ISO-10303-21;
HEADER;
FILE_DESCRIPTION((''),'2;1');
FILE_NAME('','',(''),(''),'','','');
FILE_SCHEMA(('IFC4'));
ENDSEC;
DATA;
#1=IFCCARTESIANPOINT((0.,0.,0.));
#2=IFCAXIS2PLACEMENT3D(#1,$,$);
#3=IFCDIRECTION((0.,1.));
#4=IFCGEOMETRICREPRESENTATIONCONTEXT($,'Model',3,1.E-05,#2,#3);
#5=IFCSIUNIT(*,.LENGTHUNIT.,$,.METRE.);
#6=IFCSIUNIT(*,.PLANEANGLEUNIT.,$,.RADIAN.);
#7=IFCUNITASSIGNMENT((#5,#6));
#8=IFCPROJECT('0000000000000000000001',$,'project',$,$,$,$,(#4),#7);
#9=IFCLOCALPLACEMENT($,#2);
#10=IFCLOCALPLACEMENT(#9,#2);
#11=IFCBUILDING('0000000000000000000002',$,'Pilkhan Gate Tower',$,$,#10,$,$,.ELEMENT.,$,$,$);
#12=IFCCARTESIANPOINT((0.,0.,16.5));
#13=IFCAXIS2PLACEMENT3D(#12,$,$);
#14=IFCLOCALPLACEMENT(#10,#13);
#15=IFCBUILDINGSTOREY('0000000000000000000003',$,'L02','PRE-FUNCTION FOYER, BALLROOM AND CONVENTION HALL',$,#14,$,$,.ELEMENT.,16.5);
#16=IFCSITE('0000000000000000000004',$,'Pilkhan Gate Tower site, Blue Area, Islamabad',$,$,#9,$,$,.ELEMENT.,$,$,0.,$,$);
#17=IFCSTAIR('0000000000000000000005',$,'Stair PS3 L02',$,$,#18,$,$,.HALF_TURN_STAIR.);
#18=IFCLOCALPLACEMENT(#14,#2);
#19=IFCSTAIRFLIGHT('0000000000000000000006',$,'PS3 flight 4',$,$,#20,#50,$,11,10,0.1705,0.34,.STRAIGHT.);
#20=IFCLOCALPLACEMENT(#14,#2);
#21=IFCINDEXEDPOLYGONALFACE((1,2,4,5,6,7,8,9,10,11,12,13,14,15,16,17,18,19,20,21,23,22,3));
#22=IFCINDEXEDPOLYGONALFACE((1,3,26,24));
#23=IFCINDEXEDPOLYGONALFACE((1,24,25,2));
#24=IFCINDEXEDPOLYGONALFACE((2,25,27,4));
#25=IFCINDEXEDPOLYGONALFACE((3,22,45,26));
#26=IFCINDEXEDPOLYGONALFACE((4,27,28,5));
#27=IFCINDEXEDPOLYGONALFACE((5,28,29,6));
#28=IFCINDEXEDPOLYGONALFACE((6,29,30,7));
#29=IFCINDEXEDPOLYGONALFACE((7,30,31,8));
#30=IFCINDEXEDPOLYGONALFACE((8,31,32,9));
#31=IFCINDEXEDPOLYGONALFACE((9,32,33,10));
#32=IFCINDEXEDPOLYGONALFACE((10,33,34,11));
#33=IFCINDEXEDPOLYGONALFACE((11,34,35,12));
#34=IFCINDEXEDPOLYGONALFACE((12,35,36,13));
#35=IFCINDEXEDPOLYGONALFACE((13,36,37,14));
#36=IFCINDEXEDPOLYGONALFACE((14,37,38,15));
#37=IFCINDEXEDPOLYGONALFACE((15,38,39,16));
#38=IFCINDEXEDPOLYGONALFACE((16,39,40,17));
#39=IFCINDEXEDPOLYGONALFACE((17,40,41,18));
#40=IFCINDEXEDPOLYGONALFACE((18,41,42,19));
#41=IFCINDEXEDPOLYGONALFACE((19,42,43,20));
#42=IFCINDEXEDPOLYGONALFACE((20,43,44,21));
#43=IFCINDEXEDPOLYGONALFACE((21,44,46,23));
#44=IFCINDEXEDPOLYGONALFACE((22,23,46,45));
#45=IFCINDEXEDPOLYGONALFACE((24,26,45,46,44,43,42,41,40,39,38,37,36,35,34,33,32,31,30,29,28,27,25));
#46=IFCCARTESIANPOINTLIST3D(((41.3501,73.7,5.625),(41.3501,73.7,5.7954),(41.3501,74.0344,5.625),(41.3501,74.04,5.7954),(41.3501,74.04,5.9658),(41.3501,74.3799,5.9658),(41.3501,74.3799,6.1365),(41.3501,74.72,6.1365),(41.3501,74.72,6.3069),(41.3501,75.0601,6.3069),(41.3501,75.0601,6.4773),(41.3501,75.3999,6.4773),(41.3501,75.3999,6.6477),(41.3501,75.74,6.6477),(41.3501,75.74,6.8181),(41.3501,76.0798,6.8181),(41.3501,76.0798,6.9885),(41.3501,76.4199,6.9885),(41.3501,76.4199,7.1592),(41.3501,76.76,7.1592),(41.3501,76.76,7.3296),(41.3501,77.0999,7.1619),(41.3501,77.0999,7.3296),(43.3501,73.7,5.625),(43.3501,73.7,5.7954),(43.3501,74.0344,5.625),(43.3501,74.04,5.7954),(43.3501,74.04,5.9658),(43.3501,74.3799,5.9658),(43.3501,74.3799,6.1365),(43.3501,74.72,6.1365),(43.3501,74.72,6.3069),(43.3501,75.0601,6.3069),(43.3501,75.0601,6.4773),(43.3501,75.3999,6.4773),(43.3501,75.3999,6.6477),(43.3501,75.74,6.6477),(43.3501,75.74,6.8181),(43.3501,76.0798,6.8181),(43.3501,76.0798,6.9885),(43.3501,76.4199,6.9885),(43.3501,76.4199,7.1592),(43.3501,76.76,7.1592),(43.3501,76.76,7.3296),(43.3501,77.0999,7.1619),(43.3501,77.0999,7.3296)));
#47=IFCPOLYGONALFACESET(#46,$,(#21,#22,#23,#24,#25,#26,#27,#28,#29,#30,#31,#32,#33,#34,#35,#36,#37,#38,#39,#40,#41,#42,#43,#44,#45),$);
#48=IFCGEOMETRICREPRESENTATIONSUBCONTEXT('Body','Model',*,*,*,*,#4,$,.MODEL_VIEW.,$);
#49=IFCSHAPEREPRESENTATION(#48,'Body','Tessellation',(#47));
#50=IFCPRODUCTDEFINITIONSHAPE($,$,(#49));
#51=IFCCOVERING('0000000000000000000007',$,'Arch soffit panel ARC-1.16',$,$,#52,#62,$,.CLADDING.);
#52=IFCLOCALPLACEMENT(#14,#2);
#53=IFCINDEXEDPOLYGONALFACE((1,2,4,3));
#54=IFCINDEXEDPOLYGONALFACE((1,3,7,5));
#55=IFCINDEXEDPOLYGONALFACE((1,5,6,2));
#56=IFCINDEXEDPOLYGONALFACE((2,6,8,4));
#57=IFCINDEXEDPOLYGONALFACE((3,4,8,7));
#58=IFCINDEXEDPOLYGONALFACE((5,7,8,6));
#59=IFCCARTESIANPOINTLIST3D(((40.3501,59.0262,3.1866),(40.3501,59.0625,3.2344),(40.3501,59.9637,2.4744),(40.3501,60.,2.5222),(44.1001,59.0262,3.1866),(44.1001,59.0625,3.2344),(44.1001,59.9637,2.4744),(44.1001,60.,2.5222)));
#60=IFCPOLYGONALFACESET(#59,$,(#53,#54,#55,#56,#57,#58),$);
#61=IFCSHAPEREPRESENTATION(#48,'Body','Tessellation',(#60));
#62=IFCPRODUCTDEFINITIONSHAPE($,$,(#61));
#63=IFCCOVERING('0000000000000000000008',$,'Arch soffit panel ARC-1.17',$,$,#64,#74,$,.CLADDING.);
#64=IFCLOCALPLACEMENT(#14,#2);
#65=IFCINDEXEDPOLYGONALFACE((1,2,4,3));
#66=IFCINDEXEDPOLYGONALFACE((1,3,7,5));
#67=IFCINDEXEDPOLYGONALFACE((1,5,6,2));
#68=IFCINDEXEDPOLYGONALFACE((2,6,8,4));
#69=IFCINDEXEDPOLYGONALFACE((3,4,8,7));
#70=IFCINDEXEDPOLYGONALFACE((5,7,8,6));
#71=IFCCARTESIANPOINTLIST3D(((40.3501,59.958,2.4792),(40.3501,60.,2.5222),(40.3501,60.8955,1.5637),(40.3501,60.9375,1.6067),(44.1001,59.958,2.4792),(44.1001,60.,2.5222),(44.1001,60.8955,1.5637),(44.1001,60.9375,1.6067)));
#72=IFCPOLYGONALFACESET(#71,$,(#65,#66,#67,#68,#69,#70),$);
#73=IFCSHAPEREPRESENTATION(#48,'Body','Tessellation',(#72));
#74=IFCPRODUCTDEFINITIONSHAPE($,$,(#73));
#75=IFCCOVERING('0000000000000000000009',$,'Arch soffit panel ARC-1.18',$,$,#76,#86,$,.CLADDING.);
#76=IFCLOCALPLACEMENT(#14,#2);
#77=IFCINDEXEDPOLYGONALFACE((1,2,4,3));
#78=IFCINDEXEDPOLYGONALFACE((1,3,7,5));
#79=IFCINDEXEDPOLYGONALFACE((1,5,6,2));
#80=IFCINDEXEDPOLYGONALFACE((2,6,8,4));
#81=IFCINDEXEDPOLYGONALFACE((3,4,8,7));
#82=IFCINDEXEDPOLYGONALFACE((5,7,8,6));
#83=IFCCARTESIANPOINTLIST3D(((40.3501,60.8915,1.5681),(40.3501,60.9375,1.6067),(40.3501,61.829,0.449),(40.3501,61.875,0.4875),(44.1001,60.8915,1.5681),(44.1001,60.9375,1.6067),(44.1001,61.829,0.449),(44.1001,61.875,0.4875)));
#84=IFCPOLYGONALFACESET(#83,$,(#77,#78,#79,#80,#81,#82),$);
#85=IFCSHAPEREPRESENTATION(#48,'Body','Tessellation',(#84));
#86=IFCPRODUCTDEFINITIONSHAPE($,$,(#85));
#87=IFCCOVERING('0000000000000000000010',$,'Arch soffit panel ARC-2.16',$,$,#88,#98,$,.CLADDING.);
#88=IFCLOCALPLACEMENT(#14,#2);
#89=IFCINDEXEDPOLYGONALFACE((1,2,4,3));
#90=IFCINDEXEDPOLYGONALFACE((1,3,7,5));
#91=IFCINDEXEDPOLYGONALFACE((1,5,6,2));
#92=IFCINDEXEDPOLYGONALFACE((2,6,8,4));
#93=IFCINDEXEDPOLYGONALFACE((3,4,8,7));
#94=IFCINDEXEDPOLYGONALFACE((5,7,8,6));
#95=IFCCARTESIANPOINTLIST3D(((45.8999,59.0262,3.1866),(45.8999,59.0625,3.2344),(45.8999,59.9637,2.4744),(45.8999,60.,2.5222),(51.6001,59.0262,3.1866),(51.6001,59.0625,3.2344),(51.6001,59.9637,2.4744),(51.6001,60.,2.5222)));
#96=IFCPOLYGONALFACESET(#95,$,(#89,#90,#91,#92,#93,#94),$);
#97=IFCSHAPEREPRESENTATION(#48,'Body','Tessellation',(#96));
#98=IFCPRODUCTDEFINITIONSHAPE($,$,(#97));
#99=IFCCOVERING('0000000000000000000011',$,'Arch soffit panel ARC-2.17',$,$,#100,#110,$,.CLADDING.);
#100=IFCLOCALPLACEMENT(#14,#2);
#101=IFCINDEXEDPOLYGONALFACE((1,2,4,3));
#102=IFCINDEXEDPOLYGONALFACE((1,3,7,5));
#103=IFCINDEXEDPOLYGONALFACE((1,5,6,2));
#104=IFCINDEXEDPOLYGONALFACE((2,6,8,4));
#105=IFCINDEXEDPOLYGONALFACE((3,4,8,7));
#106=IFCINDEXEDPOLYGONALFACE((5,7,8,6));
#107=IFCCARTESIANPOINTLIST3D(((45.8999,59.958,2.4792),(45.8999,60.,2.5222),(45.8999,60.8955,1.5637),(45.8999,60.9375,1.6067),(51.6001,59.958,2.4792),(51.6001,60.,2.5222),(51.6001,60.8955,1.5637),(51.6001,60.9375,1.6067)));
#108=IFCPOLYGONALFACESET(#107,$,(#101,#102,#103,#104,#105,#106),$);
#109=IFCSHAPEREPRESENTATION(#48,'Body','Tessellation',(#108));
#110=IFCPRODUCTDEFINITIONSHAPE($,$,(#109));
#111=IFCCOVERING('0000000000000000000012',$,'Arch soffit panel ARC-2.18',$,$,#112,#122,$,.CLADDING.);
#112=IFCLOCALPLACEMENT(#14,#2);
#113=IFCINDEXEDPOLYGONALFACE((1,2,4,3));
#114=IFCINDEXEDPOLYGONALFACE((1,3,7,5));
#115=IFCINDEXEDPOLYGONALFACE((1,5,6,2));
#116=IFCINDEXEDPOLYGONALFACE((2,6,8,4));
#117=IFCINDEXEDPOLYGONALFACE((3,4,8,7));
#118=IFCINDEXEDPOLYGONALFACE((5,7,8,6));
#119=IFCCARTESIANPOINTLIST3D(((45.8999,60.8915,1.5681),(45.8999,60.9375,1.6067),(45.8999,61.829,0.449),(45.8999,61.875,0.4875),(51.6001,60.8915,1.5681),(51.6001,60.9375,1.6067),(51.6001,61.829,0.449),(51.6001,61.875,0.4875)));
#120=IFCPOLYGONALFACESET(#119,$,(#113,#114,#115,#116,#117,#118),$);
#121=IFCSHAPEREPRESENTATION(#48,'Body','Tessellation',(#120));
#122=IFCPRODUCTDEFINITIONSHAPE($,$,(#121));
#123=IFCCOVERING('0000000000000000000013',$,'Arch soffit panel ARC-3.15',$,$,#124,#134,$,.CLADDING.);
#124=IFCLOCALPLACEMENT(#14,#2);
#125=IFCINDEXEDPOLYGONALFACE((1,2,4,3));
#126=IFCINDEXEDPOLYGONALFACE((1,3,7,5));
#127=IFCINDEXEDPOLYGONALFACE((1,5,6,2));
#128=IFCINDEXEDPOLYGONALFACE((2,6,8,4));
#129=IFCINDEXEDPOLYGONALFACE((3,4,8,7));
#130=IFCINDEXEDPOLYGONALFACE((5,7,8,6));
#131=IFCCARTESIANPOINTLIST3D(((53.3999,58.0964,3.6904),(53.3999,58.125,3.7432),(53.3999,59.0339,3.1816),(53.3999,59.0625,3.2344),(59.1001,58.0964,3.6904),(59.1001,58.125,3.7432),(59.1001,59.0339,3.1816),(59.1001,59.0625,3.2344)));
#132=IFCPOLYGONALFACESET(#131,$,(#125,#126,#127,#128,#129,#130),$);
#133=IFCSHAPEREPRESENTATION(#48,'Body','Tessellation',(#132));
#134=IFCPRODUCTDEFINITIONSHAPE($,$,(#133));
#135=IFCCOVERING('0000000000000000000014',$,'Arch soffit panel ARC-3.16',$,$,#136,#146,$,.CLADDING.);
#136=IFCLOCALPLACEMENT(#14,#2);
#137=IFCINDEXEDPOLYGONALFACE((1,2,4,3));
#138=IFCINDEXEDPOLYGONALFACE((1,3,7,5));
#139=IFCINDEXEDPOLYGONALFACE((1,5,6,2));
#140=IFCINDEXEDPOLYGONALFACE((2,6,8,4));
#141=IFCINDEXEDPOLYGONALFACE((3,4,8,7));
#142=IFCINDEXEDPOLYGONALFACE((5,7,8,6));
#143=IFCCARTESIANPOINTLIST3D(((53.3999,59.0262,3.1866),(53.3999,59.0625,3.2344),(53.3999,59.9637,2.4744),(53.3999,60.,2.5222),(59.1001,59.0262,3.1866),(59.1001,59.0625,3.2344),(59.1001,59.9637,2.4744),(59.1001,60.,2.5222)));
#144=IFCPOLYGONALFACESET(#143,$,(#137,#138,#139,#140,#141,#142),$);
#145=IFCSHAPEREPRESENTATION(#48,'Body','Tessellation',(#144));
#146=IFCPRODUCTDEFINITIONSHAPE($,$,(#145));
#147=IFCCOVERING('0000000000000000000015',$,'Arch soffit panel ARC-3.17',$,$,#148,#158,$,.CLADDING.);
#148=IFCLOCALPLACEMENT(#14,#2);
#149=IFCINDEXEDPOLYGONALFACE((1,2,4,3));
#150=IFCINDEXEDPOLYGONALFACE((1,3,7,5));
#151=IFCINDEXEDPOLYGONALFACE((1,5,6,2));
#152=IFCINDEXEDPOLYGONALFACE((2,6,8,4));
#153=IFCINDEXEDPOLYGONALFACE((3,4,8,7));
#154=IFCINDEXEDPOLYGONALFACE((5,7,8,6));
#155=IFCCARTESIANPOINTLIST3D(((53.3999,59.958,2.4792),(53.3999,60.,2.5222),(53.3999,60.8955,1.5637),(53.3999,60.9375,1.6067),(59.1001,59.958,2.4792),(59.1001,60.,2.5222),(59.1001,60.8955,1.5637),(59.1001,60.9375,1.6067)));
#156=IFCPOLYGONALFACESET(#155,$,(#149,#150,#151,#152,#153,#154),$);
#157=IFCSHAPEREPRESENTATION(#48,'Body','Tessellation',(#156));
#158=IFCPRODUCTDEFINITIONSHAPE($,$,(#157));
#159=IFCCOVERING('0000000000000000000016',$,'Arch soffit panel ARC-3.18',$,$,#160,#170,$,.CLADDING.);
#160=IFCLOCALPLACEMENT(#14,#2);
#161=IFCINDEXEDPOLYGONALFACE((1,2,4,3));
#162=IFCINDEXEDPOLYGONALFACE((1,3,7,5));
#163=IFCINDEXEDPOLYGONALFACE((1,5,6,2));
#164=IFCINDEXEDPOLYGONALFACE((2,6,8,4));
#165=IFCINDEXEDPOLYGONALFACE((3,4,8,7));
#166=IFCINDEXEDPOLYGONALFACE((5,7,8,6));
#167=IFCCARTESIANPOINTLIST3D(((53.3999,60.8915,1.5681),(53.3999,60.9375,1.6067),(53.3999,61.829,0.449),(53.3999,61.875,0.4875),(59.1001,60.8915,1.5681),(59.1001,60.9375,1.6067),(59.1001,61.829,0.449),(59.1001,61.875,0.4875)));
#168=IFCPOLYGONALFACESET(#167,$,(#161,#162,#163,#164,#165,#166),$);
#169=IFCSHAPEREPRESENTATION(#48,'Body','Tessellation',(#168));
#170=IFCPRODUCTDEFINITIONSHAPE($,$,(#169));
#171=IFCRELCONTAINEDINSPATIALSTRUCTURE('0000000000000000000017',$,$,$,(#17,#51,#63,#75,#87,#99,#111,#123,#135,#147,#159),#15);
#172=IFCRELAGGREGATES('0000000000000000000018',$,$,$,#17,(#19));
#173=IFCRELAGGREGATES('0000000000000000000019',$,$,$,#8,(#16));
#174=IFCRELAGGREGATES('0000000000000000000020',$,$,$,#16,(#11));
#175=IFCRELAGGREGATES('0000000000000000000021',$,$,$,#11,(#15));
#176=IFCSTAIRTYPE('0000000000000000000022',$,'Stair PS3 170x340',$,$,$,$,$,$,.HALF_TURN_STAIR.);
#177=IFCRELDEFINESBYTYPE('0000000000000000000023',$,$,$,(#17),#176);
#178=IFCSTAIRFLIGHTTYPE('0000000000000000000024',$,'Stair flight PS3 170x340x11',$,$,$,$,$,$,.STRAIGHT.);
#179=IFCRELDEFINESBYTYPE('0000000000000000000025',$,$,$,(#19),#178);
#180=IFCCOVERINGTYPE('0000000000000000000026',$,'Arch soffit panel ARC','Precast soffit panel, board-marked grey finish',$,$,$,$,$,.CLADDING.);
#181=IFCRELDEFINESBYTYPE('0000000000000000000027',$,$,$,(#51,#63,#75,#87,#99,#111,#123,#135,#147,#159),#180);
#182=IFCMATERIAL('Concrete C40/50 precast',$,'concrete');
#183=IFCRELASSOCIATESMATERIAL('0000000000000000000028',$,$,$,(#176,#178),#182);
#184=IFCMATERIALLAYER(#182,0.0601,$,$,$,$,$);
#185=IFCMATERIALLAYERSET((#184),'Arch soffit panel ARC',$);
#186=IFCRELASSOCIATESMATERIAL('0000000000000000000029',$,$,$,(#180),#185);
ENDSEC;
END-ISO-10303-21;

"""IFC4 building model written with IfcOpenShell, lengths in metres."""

from ifc_helpers import new_model, si_unit, direction, frame, origin, place, context, subcontext, project, spatial, polyline, outline, extrude, material, layer, layer_set, type_object, element, aggregate, save


model = new_model("IFC4")

# Units and contexts
model_context = context("Model", 3, precision=1e-05, world=origin(), true_north=direction((0.0, 1.0)))
body_context = subcontext(model_context, "Body", "Model", "MODEL_VIEW")
ifc_project = project(units=[si_unit("LENGTHUNIT", "METRE"), si_unit("PLANEANGLEUNIT", "RADIAN")], contexts=[model_context])

# Site, building, storey
site_placement = place(None, origin())
site = spatial("IfcSite", under=ifc_project, at=site_placement, Name="Pilkhan Gate Tower site, Blue Area, Islamabad", CompositionType="ELEMENT", RefElevation=0.0)
building_placement = place(site_placement, origin())
building = spatial("IfcBuilding", under=site, at=building_placement, Name="Pilkhan Gate Tower", CompositionType="ELEMENT")
storey_placement = place(building_placement, frame((0.0, 0.0, 16.5)))
storey = spatial("IfcBuildingStorey", under=building, at=storey_placement, Name="L02", Description="PRE-FUNCTION FOYER, BALLROOM AND CONVENTION HALL", CompositionType="ELEMENT", Elevation=16.5)

# Stair, stair flight
ifc_material_1 = material(Name="Concrete C40/50 precast", Category="concrete")
stair_type = type_object("IfcStairType", Name="Stair PS3 170x340", PredefinedType="HALF_TURN_STAIR", material=ifc_material_1)
stair_placement = place(storey_placement, origin())
stair = element("IfcStair", 1, at=stair_placement, inside=storey, type_object=stair_type, Name="Stair PS3 L02", PredefinedType="HALF_TURN_STAIR")
stair_flight_type = type_object("IfcStairFlightType", Name="Stair flight PS3 170x340x11", PredefinedType="STRAIGHT", material=ifc_material_1)
stair_flight_1_placement = place(storey_placement, frame((42.3501, 73.7, 5.625), z_axis=(0.0, 0.0, 1.0), x_axis=(0.0, 1.0, 0.0)))
stair_flight_1 = element("IfcStairFlight", 2, at=stair_flight_1_placement, type_object=stair_flight_type, Name="PS3 flight 4", NumberOfRisers=11, NumberOfTreads=10, PredefinedType="STRAIGHT", RiserHeight=0.1705, TreadLength=0.34, context=body_context, shape_type="SweptSolid", body=[
    extrude(outline(polyline([(0.0, 0.0), (0.0, 0.1704), (0.3401, 0.1704), (0.3401, 0.3408), (0.6799, 0.3408), (0.6799, 0.5115), (1.02, 0.5115), (1.02, 0.6819), (1.3601, 0.6819), (1.3601, 0.8523), (1.7, 0.8523), (1.7, 1.0227), (2.04, 1.0227), (2.04, 1.1931), (2.3799, 1.1931), (2.3799, 1.3635), (2.72, 1.3635), (2.72, 1.5342), (3.0601, 1.5342), (3.0601, 1.7046), (3.3999, 1.7046), (3.3999, 1.875), (3.3999, 1.5369), (0.3345, 0.0), (0.0, 0.0)])), frame((0.0, 1.0, 0.0), z_axis=(0.0, -1.0, 0.0), x_axis=(1.0, 0.0, 0.0)), (0.0, 0.0, 1.0), 2.0),
])
aggregate(stair, [stair_flight_1])

# Coverings
ifc_layer_1 = layer(ifc_material_1, 0.0601)
ifc_layer_set_1 = layer_set([ifc_layer_1], Name="Arch soffit panel ARC")
covering_type = type_object("IfcCoveringType", Name="Arch soffit panel ARC", Description="Precast soffit panel, board-marked grey finish", PredefinedType="CLADDING", material=ifc_layer_set_1)
covering_1_placement = place(storey_placement, frame((40.3501, 59.0625, 3.2344), z_axis=(0.0, 0.604899, 0.796302), x_axis=(1.0, 0.0, 0.0)))
element("IfcCovering", 3, at=covering_1_placement, inside=storey, type_object=covering_type, Name="Arch soffit panel ARC-1.16", PredefinedType="CLADDING", context=body_context, shape_type="SweptSolid", body=[
    extrude(outline(polyline([(0.0, 0.0), (3.75, 0.0), (3.75, 1.1773), (0.0, 1.1773), (0.0, 0.0)])), origin(), (0.0, 0.0, -1.0), 0.0601),
])
covering_2_placement = place(storey_placement, frame((40.3501, 60.0, 2.5222), z_axis=(0.0, 0.698673, 0.715441), x_axis=(1.0, 0.0, 0.0)))
element("IfcCovering", 4, at=covering_2_placement, inside=storey, type_object=covering_type, Name="Arch soffit panel ARC-1.17", PredefinedType="CLADDING", context=body_context, shape_type="SweptSolid", body=[
    extrude(outline(polyline([(0.0, 0.0), (3.75, 0.0), (3.75, 1.3104), (0.0, 1.3104), (0.0, 0.0)])), origin(), (0.0, 0.0, -1.0), 0.0601),
])
covering_3_placement = place(storey_placement, frame((40.3501, 60.9375, 1.6067), z_axis=(0.0, 0.766574, 0.642156), x_axis=(1.0, 0.0, 0.0)))
element("IfcCovering", 5, at=covering_3_placement, inside=storey, type_object=covering_type, Name="Arch soffit panel ARC-1.18", PredefinedType="CLADDING", context=body_context, shape_type="SweptSolid", body=[
    extrude(outline(polyline([(0.0, 0.0), (3.75, 0.0), (3.75, 1.4599), (0.0, 1.4599), (0.0, 0.0)])), origin(), (0.0, 0.0, -1.0), 0.0601),
])
covering_4_placement = place(storey_placement, frame((45.8999, 59.0625, 3.2344), z_axis=(0.0, 0.604899, 0.796302), x_axis=(1.0, 0.0, 0.0)))
element("IfcCovering", 6, at=covering_4_placement, inside=storey, type_object=covering_type, Name="Arch soffit panel ARC-2.16", PredefinedType="CLADDING", context=body_context, shape_type="SweptSolid", body=[
    extrude(outline(polyline([(0.0, 0.0), (5.7002, 0.0), (5.7002, 1.1773), (0.0, 1.1773), (0.0, 0.0)])), origin(), (0.0, 0.0, -1.0), 0.0601),
])
covering_5_placement = place(storey_placement, frame((45.8999, 60.0, 2.5222), z_axis=(0.0, 0.698673, 0.715441), x_axis=(1.0, 0.0, 0.0)))
element("IfcCovering", 7, at=covering_5_placement, inside=storey, type_object=covering_type, Name="Arch soffit panel ARC-2.17", PredefinedType="CLADDING", context=body_context, shape_type="SweptSolid", body=[
    extrude(outline(polyline([(0.0, 0.0), (5.7002, 0.0), (5.7002, 1.3104), (0.0, 1.3104), (0.0, 0.0)])), origin(), (0.0, 0.0, -1.0), 0.0601),
])
covering_6_placement = place(storey_placement, frame((45.8999, 60.9375, 1.6067), z_axis=(0.0, 0.766574, 0.642156), x_axis=(1.0, 0.0, 0.0)))
element("IfcCovering", 8, at=covering_6_placement, inside=storey, type_object=covering_type, Name="Arch soffit panel ARC-2.18", PredefinedType="CLADDING", context=body_context, shape_type="SweptSolid", body=[
    extrude(outline(polyline([(0.0, 0.0), (5.7002, 0.0), (5.7002, 1.4599), (0.0, 1.4599), (0.0, 0.0)])), origin(), (0.0, 0.0, -1.0), 0.0601),
])
covering_7_placement = place(storey_placement, frame((53.3999, 58.125, 3.7432), z_axis=(0.0, 0.476991, 0.878908), x_axis=(1.0, 0.0, 0.0)))
element("IfcCovering", 9, at=covering_7_placement, inside=storey, type_object=covering_type, Name="Arch soffit panel ARC-3.15", PredefinedType="CLADDING", context=body_context, shape_type="SweptSolid", body=[
    extrude(outline(polyline([(0.0, 0.0), (5.7002, 0.0), (5.7002, 1.0667), (0.0, 1.0667), (0.0, 0.0)])), origin(), (0.0, 0.0, -1.0), 0.0601),
])
covering_8_placement = place(storey_placement, frame((53.3999, 59.0625, 3.2344), z_axis=(0.0, 0.604899, 0.796302), x_axis=(1.0, 0.0, 0.0)))
element("IfcCovering", 10, at=covering_8_placement, inside=storey, type_object=covering_type, Name="Arch soffit panel ARC-3.16", PredefinedType="CLADDING", context=body_context, shape_type="SweptSolid", body=[
    extrude(outline(polyline([(0.0, 0.0), (5.7002, 0.0), (5.7002, 1.1773), (0.0, 1.1773), (0.0, 0.0)])), origin(), (0.0, 0.0, -1.0), 0.0601),
])
covering_9_placement = place(storey_placement, frame((53.3999, 60.0, 2.5222), z_axis=(0.0, 0.698673, 0.715441), x_axis=(1.0, 0.0, 0.0)))
element("IfcCovering", 11, at=covering_9_placement, inside=storey, type_object=covering_type, Name="Arch soffit panel ARC-3.17", PredefinedType="CLADDING", context=body_context, shape_type="SweptSolid", body=[
    extrude(outline(polyline([(0.0, 0.0), (5.7002, 0.0), (5.7002, 1.3104), (0.0, 1.3104), (0.0, 0.0)])), origin(), (0.0, 0.0, -1.0), 0.0601),
])
covering_10_placement = place(storey_placement, frame((53.3999, 60.9375, 1.6067), z_axis=(0.0, 0.766574, 0.642156), x_axis=(1.0, 0.0, 0.0)))
element("IfcCovering", 12, at=covering_10_placement, inside=storey, type_object=covering_type, Name="Arch soffit panel ARC-3.18", PredefinedType="CLADDING", context=body_context, shape_type="SweptSolid", body=[
    extrude(outline(polyline([(0.0, 0.0), (5.7002, 0.0), (5.7002, 1.4599), (0.0, 1.4599), (0.0, 0.0)])), origin(), (0.0, 0.0, -1.0), 0.0601),
])

save(model, "model.ifc")
